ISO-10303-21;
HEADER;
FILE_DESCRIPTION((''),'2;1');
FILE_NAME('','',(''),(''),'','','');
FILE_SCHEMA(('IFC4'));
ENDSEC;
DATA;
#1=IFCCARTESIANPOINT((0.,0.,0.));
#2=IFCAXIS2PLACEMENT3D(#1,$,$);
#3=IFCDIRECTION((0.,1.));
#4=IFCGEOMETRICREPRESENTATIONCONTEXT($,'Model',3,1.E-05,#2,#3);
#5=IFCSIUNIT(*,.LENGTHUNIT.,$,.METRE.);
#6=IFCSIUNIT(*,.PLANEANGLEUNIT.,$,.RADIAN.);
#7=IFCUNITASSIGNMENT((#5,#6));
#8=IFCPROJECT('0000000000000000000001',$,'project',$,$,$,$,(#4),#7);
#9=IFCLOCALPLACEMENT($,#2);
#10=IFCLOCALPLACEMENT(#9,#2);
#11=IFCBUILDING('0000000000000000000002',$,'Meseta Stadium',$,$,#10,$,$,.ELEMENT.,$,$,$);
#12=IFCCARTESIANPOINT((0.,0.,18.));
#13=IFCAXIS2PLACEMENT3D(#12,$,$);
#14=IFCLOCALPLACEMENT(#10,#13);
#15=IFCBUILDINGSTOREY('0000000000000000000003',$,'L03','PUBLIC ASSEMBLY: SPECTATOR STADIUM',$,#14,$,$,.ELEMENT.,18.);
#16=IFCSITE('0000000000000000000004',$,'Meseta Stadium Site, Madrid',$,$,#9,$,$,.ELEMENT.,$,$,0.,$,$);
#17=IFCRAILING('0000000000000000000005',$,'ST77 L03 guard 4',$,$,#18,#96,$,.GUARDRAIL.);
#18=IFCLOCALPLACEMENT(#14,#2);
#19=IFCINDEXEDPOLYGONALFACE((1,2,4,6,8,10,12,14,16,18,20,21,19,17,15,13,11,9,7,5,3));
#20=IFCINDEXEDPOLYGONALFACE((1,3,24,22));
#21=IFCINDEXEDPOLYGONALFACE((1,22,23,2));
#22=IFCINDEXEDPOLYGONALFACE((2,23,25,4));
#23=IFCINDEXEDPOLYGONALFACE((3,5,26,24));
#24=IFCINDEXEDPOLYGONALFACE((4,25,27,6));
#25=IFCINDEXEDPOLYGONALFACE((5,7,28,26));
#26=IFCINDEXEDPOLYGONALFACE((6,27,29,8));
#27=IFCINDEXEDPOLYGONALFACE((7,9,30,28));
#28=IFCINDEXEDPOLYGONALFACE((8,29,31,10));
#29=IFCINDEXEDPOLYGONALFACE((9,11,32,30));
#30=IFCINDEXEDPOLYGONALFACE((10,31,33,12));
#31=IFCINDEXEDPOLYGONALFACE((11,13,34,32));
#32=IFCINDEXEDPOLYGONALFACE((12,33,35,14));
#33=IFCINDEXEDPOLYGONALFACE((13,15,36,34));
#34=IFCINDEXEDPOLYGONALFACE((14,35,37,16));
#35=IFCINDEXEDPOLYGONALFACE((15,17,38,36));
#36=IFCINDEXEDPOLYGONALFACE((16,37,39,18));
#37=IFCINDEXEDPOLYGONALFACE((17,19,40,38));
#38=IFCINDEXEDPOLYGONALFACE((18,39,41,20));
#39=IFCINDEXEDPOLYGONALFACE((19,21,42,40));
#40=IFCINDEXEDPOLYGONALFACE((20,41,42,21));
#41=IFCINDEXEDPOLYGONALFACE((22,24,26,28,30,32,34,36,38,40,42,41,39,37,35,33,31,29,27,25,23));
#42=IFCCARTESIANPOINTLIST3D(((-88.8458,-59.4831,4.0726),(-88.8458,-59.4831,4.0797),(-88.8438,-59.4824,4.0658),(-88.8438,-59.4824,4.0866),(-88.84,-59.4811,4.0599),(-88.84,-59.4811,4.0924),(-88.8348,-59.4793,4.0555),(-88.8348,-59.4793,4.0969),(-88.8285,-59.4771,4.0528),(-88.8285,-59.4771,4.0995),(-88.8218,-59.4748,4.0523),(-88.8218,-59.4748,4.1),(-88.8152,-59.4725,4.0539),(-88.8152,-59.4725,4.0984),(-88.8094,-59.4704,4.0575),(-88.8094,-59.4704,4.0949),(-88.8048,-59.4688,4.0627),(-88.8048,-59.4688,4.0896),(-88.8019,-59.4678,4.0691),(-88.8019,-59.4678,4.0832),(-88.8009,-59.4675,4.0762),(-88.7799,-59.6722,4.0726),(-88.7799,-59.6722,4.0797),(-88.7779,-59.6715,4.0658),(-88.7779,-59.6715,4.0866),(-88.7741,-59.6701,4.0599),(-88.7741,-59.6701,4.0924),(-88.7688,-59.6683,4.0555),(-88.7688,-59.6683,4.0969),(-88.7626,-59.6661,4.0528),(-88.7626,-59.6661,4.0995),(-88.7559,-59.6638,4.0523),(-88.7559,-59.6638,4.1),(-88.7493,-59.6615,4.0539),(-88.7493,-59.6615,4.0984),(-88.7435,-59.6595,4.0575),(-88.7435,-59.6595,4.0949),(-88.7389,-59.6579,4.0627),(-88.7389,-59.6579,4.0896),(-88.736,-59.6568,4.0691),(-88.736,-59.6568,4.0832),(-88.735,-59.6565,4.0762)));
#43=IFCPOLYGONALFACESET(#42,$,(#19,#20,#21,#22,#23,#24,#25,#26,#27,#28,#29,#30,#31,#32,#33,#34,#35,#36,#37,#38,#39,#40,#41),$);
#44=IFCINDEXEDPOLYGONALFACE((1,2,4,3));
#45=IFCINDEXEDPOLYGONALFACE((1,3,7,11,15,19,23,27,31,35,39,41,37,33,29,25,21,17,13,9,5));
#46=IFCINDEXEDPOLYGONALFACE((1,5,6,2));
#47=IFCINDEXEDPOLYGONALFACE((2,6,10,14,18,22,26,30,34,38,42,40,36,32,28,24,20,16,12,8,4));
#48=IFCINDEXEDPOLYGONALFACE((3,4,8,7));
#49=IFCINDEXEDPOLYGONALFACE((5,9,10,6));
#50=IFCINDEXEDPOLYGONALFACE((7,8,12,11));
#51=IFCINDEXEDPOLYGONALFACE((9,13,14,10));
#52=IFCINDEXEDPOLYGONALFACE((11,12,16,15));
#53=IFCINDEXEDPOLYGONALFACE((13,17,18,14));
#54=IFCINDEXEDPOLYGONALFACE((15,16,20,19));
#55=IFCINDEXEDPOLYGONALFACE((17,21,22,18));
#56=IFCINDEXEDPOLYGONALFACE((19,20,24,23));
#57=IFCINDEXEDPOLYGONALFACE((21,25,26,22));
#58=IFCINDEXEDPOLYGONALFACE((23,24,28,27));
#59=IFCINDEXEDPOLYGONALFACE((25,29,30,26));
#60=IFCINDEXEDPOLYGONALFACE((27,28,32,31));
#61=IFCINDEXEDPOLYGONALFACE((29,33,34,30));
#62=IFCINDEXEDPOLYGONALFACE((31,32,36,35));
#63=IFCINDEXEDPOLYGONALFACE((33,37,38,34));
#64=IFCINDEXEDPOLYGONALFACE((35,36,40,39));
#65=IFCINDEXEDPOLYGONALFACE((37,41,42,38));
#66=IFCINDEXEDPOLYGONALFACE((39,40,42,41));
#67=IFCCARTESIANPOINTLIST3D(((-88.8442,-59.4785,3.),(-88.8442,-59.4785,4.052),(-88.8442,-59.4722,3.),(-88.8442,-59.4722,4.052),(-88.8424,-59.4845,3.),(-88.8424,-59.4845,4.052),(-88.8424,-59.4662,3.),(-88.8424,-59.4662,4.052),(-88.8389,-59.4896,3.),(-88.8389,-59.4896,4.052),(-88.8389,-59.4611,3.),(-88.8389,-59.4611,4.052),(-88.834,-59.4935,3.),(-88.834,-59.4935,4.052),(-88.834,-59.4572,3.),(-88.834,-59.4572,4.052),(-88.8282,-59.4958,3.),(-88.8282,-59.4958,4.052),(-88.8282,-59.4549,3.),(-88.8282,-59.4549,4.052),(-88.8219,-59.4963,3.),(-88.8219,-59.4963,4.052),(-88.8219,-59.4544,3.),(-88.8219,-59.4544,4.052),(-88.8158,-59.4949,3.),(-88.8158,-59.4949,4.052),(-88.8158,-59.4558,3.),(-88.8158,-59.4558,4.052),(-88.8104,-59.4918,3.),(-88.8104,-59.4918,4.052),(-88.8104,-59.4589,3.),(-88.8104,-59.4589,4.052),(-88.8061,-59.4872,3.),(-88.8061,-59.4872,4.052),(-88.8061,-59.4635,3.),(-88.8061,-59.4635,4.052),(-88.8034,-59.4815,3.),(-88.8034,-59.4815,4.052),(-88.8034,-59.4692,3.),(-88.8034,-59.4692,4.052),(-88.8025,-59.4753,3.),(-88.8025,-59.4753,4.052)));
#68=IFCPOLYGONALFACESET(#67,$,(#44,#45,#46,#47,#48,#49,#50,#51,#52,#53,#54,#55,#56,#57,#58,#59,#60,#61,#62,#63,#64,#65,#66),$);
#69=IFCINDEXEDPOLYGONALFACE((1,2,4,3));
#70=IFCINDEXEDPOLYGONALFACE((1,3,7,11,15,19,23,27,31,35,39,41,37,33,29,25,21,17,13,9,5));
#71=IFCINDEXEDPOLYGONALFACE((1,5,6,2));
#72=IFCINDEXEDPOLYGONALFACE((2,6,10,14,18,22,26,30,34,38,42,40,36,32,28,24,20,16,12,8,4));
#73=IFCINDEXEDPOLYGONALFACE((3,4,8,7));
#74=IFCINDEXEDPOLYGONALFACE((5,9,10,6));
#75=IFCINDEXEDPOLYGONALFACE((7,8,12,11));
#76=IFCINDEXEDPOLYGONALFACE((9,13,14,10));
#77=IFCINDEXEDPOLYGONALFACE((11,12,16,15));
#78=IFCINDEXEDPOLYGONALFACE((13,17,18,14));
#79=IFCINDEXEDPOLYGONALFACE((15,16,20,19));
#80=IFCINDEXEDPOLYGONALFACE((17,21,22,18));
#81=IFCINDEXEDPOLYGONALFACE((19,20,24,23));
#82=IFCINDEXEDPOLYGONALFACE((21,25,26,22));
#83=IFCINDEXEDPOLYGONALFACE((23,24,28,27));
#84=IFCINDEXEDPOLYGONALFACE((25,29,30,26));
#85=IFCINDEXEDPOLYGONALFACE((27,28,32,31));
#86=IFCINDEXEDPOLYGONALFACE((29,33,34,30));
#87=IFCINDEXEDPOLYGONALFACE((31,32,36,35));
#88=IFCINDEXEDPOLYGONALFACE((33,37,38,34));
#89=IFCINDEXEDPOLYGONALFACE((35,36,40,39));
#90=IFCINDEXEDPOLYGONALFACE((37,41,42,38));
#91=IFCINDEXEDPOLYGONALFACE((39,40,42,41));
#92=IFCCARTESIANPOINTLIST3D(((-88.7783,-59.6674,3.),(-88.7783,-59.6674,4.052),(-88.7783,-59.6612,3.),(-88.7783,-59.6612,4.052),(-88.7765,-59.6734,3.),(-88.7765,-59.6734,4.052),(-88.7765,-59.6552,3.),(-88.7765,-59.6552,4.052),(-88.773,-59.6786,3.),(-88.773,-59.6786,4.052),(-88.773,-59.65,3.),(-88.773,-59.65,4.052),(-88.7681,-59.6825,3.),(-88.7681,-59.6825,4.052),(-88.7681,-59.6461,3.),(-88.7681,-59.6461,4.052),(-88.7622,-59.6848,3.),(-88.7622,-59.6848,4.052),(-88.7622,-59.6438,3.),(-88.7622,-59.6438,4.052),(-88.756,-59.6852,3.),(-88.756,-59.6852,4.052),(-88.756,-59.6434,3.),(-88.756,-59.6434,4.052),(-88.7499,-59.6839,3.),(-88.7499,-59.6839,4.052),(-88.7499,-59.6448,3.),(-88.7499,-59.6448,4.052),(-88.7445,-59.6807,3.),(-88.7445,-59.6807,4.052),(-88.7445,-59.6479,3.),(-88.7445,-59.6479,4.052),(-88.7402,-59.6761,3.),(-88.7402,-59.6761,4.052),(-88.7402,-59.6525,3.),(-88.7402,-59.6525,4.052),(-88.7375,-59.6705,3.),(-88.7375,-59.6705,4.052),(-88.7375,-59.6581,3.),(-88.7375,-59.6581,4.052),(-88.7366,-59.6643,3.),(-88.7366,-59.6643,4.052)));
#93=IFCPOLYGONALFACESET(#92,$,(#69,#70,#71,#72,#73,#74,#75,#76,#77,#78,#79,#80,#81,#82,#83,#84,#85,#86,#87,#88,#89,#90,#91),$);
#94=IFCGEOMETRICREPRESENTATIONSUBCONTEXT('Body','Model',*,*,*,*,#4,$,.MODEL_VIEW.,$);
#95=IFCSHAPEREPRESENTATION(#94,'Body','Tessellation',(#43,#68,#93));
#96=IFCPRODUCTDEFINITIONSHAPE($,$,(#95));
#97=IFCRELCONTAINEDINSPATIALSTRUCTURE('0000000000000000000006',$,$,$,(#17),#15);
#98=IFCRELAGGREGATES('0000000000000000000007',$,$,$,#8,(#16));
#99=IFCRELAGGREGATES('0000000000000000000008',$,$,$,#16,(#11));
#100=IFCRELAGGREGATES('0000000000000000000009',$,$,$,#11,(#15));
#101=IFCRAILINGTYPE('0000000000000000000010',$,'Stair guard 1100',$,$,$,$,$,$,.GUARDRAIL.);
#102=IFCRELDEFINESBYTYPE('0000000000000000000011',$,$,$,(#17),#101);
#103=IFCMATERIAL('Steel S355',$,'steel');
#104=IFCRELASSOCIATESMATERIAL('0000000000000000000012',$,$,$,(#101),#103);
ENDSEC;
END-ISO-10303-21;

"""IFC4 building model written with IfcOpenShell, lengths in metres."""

from ifc_helpers import new_model, si_unit, direction, frame, origin, origin_2d, place, context, subcontext, project, spatial, circle, extrude, material, type_object, element, save


model = new_model("IFC4")

# Units and contexts
model_context = context("Model", 3, precision=1e-05, world=origin(), true_north=direction((0.0, 1.0)))
body_context = subcontext(model_context, "Body", "Model", "MODEL_VIEW")
ifc_project = project(units=[si_unit("LENGTHUNIT", "METRE"), si_unit("PLANEANGLEUNIT", "RADIAN")], contexts=[model_context])

# Site, building, storey
site_placement = place(None, origin())
site = spatial("IfcSite", under=ifc_project, at=site_placement, Name="Meseta Stadium Site, Madrid", CompositionType="ELEMENT", RefElevation=0.0)
building_placement = place(site_placement, origin())
building = spatial("IfcBuilding", under=site, at=building_placement, Name="Meseta Stadium", CompositionType="ELEMENT")
storey_placement = place(building_placement, frame((0.0, 0.0, 18.0)))
storey = spatial("IfcBuildingStorey", under=building, at=storey_placement, Name="L03", Description="PUBLIC ASSEMBLY: SPECTATOR STADIUM", CompositionType="ELEMENT", Elevation=18.0)

# Railing
ifc_material_1 = material(Name="Steel S355", Category="steel")
railing_type_1 = type_object("IfcRailingType", Name="Stair guard 1100", PredefinedType="GUARDRAIL", material=ifc_material_1)
railing_1_placement = place(storey_placement, frame((-88.8235, -59.4753, 3.0)))
element("IfcRailing", 1, at=railing_1_placement, inside=storey, type_object=railing_type_1, Name="ST77 L03 guard 4", PredefinedType="GUARDRAIL", context=body_context, shape_type="SweptSolid", body=[
    extrude(circle(Radius=0.0239, at=origin_2d()), frame((0.0, 0.0, 1.0762), z_axis=(0.329372, -0.9442, 0.0), x_axis=(0.9442, 0.329372, 0.0)), (0.0, 0.0, 1.0), 0.2002),
    extrude(circle(Radius=0.021, at=origin_2d()), origin(), (0.0, 0.0, 1.0), 1.052),
    extrude(circle(Radius=0.021, at=origin_2d()), frame((0.0659, -0.189, 0.0)), (0.0, 0.0, 1.0), 1.052),
])

save(model, "model.ifc")
